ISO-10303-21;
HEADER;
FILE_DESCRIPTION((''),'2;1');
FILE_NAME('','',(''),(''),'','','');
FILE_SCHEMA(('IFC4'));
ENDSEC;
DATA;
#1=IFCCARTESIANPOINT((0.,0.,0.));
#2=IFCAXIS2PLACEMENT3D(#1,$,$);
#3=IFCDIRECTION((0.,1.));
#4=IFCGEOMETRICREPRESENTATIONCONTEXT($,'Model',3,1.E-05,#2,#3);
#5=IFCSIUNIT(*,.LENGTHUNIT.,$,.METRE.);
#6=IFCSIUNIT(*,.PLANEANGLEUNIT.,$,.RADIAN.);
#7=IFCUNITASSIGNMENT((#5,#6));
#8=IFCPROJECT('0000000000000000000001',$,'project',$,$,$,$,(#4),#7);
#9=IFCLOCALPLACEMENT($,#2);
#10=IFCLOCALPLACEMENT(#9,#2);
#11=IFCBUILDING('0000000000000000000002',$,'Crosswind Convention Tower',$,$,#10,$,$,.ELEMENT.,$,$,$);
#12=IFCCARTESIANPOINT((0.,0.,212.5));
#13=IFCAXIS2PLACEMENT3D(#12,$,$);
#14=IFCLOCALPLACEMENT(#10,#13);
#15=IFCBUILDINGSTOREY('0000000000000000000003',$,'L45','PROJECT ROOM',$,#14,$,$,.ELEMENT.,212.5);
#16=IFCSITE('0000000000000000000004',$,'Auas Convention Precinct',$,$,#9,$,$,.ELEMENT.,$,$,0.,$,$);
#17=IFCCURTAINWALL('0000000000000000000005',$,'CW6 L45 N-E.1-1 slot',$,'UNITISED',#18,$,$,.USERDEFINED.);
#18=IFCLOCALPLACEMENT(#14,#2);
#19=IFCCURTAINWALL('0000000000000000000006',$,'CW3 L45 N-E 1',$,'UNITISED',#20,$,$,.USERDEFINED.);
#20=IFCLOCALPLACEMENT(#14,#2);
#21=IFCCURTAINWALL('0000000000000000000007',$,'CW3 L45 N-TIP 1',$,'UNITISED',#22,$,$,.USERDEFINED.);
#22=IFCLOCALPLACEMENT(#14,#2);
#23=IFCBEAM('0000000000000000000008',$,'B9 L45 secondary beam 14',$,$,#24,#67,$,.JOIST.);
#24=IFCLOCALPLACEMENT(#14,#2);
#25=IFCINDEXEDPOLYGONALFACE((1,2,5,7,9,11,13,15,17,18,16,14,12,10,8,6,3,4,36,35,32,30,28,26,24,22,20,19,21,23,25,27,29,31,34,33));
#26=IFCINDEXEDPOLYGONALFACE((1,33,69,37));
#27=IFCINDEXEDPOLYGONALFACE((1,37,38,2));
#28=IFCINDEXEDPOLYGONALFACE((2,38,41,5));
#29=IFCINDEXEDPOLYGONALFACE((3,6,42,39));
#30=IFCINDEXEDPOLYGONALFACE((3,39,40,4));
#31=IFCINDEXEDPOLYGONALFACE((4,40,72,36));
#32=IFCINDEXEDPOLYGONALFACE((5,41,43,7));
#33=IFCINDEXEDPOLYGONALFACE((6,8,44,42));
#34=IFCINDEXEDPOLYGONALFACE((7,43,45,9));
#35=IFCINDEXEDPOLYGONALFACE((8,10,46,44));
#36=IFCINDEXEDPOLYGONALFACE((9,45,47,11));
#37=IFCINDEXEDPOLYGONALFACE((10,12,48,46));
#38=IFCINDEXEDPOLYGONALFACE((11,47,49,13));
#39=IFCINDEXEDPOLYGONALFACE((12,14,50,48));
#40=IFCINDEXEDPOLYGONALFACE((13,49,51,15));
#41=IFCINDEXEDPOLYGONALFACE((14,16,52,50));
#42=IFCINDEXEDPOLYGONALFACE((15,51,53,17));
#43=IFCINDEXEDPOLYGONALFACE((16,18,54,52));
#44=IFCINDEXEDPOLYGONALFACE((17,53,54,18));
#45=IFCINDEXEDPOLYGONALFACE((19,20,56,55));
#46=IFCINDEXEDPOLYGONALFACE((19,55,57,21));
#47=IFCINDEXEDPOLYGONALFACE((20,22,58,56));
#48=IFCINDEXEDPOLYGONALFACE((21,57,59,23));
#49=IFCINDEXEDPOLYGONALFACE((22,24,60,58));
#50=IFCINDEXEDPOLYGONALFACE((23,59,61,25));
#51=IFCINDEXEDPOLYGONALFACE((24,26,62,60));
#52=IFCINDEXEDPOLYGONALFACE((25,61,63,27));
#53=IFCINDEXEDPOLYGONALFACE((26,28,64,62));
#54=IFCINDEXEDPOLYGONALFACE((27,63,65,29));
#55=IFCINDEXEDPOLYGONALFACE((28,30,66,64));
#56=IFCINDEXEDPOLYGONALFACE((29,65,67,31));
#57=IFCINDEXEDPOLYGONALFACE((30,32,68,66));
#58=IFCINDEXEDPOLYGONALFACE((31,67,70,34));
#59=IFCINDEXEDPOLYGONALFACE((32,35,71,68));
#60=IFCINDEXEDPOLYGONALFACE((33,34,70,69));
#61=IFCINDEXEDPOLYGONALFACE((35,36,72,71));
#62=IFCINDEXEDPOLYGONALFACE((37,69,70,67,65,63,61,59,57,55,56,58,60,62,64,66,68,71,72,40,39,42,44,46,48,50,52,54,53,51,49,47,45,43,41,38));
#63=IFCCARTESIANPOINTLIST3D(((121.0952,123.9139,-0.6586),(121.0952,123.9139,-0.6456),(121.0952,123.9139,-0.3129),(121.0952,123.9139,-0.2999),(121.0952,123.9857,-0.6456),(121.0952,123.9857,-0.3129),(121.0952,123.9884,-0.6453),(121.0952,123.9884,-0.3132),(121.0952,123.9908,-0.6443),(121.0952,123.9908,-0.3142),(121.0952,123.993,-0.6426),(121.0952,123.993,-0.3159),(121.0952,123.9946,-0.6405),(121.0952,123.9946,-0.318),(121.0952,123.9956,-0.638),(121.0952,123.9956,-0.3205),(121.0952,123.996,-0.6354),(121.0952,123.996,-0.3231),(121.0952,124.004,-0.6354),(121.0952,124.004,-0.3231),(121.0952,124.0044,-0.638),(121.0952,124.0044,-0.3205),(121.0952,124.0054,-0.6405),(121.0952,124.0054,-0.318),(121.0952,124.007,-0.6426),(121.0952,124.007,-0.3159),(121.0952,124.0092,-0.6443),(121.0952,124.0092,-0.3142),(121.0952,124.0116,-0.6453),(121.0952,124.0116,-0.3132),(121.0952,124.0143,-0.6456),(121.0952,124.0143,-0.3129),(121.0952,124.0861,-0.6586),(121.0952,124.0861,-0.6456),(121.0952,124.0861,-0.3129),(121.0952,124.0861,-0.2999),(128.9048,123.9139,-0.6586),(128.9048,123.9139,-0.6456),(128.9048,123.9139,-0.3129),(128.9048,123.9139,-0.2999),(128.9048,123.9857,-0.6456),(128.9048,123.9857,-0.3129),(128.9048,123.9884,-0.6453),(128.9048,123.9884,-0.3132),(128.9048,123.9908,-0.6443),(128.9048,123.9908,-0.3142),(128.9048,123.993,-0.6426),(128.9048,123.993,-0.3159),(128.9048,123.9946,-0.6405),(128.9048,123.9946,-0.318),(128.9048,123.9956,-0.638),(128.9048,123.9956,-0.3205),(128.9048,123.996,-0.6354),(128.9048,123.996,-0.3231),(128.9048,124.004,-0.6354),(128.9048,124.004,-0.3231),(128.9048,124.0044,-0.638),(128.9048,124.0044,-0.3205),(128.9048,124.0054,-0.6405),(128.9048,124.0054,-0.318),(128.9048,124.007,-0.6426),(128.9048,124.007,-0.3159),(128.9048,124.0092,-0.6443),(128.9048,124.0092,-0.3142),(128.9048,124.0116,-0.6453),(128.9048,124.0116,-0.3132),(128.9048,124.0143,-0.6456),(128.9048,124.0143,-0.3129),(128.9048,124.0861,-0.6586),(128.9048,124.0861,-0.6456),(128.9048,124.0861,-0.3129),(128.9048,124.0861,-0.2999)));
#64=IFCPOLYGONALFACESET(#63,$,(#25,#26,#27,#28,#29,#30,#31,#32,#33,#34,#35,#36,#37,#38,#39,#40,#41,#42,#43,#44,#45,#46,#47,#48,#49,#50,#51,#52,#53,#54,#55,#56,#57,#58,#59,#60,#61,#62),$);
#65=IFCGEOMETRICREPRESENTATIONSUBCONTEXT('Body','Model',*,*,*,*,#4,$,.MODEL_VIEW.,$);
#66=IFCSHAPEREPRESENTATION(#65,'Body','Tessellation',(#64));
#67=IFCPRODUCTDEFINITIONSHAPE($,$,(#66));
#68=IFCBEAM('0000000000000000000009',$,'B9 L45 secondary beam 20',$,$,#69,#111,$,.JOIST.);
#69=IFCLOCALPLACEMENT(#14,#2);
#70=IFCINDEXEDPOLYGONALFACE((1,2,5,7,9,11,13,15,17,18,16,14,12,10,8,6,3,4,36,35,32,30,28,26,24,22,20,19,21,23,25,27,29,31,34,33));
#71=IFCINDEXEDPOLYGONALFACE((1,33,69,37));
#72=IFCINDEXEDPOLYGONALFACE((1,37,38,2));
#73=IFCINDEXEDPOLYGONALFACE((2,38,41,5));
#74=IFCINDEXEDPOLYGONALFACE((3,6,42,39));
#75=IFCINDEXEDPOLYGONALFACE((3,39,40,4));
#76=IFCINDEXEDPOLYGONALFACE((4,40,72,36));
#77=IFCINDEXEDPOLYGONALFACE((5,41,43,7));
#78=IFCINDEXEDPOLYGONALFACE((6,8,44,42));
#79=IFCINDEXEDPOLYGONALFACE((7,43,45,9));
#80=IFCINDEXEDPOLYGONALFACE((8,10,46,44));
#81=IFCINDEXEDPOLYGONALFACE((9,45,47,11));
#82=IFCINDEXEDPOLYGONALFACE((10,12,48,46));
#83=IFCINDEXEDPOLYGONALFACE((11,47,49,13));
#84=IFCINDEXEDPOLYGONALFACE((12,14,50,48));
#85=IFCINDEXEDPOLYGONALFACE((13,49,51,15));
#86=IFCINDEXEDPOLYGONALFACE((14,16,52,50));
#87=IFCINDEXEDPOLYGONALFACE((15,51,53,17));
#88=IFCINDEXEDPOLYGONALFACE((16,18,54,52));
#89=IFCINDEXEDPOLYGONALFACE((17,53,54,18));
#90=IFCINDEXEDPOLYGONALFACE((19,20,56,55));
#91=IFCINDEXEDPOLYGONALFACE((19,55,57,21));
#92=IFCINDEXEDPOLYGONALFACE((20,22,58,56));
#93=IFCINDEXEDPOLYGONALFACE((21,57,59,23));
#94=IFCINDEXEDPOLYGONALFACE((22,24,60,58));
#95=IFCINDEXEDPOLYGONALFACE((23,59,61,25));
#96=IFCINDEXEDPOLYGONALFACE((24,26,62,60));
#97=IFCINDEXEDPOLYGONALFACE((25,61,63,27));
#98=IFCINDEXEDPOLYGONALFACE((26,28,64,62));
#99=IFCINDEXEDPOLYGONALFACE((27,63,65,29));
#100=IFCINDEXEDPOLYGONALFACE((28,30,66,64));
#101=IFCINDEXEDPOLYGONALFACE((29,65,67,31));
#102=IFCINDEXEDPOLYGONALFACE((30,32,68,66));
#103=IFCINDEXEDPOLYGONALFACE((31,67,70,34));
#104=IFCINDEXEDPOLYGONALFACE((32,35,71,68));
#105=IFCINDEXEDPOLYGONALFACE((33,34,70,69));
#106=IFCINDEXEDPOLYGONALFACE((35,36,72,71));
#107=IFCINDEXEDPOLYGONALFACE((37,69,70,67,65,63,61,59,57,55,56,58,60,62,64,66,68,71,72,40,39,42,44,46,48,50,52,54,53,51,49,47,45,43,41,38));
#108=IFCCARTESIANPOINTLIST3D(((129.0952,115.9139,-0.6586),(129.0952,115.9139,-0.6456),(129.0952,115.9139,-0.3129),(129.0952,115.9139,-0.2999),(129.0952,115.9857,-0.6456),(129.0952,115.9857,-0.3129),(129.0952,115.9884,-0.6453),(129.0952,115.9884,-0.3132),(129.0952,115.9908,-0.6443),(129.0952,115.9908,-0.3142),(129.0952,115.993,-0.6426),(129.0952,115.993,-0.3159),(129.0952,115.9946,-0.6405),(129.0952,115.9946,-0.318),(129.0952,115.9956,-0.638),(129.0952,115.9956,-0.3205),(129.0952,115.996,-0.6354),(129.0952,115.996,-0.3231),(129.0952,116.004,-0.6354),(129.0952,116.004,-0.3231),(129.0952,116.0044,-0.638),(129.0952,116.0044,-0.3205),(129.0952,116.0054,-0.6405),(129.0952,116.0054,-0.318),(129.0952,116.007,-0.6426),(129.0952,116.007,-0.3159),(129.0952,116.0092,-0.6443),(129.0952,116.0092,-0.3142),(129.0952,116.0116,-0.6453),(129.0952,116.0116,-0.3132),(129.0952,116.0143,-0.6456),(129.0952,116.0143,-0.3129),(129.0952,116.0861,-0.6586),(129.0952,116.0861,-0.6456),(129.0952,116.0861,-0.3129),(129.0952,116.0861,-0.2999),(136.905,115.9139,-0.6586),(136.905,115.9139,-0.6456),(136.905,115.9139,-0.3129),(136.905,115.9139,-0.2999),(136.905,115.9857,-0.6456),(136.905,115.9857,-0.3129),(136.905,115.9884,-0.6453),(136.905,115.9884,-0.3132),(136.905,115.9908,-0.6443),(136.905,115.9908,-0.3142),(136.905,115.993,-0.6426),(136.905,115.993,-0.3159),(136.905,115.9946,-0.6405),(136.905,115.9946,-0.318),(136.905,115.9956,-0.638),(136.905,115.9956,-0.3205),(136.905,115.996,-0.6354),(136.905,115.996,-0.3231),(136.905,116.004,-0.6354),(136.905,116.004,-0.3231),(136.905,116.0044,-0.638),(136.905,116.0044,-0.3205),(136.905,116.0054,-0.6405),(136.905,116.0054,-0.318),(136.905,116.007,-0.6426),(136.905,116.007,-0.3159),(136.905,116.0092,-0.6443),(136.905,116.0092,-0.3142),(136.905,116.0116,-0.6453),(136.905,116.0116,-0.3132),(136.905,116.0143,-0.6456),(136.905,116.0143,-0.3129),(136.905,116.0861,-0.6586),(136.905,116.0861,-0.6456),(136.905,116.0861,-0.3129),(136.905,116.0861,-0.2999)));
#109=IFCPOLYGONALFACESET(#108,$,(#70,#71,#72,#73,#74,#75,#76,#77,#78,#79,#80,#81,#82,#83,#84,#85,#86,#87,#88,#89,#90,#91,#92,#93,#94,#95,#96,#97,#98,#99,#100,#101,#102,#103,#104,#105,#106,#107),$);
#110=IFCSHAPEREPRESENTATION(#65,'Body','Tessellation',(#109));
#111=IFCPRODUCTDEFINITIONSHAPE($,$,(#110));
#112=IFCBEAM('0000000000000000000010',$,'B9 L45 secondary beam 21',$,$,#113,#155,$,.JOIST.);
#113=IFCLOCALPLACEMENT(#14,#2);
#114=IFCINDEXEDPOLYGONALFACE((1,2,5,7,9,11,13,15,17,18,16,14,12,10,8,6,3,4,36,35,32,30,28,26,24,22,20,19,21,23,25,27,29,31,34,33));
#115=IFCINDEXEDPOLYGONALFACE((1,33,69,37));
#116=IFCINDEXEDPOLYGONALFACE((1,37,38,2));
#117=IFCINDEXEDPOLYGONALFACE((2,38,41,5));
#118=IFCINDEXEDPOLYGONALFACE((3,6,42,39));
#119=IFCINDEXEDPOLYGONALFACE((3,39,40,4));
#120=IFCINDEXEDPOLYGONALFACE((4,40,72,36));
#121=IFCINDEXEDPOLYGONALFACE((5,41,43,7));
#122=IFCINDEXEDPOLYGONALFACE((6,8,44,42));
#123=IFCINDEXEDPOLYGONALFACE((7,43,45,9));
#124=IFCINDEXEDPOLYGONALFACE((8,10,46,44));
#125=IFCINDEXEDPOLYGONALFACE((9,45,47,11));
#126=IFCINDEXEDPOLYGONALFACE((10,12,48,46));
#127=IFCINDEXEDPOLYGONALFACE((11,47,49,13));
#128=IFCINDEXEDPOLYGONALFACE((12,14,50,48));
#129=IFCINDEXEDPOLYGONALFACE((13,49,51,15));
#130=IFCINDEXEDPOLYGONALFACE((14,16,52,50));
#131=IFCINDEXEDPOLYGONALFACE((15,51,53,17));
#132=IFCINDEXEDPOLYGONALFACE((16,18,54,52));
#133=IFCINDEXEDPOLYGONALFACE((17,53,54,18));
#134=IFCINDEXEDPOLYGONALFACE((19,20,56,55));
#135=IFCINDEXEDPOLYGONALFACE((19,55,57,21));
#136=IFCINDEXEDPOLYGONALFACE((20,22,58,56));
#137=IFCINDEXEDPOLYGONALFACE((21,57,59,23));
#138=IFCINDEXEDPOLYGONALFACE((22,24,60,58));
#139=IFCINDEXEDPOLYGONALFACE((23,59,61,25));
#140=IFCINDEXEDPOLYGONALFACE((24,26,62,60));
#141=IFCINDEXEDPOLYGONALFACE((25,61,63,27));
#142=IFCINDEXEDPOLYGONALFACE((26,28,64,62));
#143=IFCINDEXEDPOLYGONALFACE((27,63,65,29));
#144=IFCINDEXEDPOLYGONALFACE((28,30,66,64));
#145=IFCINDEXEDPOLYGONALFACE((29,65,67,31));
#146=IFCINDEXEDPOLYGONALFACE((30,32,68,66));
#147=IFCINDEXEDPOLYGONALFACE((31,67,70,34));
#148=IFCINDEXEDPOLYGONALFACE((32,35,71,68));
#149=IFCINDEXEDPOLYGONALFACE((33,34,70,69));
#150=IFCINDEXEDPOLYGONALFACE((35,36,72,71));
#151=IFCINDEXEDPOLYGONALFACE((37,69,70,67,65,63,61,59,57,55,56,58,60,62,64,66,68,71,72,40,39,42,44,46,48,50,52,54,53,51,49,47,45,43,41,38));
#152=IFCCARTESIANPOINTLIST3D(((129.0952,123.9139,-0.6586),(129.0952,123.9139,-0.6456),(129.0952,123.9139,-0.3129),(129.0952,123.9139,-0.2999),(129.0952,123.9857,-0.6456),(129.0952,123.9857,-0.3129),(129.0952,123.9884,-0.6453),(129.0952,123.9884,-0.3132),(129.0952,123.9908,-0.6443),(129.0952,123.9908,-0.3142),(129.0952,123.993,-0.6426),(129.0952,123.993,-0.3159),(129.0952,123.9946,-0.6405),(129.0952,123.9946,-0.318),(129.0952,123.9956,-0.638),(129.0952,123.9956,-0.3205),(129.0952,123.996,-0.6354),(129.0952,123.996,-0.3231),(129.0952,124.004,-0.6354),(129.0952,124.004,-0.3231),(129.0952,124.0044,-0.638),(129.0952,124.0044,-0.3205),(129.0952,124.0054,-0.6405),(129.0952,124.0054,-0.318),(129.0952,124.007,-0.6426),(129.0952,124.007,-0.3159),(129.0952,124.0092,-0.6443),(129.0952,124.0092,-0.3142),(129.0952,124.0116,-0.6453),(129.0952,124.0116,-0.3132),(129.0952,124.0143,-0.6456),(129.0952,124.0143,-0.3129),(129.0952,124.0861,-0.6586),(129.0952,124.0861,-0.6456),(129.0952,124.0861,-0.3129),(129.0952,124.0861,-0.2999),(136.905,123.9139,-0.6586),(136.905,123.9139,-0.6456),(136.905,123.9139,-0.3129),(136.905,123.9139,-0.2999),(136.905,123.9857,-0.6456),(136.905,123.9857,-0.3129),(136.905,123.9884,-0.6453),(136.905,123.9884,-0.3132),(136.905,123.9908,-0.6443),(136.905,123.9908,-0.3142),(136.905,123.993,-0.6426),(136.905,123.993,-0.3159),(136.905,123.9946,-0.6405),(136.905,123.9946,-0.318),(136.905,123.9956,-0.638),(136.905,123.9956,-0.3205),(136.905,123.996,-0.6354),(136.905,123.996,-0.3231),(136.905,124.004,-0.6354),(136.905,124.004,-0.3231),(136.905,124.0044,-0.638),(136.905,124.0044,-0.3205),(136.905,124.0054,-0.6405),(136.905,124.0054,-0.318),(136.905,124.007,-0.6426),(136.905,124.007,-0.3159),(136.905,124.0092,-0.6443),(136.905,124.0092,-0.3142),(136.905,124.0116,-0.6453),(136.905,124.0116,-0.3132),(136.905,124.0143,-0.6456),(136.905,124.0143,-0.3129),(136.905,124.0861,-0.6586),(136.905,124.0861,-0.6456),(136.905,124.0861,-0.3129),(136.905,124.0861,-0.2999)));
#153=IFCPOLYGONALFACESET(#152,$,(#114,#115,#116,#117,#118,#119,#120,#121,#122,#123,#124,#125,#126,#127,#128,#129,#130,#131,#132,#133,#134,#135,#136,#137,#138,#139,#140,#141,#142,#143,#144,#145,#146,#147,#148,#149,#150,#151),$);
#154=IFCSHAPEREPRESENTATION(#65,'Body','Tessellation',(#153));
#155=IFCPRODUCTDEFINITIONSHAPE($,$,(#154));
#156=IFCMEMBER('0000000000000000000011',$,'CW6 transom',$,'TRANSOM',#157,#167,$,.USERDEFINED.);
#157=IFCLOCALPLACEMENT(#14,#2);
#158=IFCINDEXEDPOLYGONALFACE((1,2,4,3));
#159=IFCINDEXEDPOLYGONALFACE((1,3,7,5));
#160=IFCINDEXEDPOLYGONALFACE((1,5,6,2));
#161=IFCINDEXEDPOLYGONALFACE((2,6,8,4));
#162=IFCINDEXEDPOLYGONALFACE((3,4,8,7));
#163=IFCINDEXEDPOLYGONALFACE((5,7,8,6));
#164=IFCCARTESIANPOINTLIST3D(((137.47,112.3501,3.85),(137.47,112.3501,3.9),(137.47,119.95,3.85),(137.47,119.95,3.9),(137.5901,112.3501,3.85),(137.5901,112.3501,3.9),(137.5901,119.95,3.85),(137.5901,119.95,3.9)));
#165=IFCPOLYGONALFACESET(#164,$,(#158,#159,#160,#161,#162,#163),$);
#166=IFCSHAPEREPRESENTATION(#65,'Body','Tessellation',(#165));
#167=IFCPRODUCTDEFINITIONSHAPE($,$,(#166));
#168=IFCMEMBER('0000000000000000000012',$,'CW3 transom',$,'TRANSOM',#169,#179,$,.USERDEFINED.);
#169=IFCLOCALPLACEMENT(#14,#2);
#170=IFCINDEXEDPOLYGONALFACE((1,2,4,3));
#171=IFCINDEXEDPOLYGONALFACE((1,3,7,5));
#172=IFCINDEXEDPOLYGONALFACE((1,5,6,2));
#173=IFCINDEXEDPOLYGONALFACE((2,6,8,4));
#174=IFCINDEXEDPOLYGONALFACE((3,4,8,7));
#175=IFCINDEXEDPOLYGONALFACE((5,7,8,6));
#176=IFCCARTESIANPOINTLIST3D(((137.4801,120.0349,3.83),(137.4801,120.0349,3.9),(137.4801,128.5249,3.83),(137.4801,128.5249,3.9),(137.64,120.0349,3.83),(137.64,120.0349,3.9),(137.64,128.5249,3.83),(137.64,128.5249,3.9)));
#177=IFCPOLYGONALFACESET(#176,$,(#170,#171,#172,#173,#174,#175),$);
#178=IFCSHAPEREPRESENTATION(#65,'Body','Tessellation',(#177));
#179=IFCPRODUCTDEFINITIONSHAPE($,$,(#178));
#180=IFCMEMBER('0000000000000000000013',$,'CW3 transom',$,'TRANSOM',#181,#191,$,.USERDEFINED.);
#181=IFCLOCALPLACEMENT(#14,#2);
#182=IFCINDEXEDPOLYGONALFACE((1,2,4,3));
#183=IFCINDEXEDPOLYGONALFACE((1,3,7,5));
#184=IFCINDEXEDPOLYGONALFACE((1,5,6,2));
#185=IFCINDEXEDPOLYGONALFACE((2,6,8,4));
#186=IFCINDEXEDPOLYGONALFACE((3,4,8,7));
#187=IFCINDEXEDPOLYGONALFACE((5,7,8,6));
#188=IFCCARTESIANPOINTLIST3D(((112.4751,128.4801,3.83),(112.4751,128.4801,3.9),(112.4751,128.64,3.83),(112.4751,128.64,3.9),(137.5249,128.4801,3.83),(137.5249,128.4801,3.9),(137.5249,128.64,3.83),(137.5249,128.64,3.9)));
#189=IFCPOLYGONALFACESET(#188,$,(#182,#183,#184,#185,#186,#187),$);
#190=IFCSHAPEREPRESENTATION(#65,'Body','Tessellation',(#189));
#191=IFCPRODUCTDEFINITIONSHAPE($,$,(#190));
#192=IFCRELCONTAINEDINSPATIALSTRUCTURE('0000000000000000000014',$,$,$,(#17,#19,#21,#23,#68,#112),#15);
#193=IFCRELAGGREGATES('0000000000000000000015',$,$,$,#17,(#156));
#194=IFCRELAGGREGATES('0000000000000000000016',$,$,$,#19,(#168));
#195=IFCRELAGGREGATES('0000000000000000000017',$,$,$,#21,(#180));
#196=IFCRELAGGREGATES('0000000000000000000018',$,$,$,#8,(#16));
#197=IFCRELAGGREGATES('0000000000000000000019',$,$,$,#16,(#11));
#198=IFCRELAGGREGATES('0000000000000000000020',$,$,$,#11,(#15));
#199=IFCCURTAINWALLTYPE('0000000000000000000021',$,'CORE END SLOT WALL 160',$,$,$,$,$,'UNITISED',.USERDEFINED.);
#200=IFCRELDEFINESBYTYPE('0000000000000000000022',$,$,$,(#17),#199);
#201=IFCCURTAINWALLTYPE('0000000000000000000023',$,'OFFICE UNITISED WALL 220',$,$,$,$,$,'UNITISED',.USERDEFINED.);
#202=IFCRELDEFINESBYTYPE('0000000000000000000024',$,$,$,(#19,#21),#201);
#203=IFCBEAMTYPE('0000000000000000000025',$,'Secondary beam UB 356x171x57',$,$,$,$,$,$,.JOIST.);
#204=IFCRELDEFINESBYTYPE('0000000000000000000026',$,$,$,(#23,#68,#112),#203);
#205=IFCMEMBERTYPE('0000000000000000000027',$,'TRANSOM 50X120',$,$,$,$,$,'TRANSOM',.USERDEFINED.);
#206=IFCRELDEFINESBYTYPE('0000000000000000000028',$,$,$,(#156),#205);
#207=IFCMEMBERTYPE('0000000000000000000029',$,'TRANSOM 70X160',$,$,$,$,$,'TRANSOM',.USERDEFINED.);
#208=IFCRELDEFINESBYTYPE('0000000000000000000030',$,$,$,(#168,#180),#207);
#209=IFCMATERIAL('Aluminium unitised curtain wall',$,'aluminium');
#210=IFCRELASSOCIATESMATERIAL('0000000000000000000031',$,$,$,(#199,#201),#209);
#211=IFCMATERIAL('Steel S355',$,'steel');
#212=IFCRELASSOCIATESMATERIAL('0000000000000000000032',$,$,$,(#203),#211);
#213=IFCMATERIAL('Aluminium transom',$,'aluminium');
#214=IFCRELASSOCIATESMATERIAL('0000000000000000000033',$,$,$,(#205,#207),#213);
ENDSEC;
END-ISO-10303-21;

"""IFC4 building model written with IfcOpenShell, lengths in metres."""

from ifc_helpers import new_model, si_unit, direction, frame, origin, origin_2d, place, context, subcontext, project, spatial, rectangle, i_section, extrude, material, material_profile, profile_set, type_object, element, aggregate, save


model = new_model("IFC4")

# Units and contexts
model_context = context("Model", 3, precision=1e-05, world=origin(), true_north=direction((0.0, 1.0)))
body_context = subcontext(model_context, "Body", "Model", "MODEL_VIEW")
ifc_project = project(units=[si_unit("LENGTHUNIT", "METRE"), si_unit("PLANEANGLEUNIT", "RADIAN")], contexts=[model_context])

# Site, building, storey
site_placement = place(None, origin())
site = spatial("IfcSite", under=ifc_project, at=site_placement, Name="Auas Convention Precinct", CompositionType="ELEMENT", RefElevation=0.0)
building_placement = place(site_placement, origin())
building = spatial("IfcBuilding", under=site, at=building_placement, Name="Crosswind Convention Tower", CompositionType="ELEMENT")
storey_placement = place(building_placement, frame((0.0, 0.0, 212.5)))
storey = spatial("IfcBuildingStorey", under=building, at=storey_placement, Name="L45", Description="PROJECT ROOM", CompositionType="ELEMENT", Elevation=212.5)

# Shared definitions
ifc_material_1 = material(Name="Steel S355", Category="steel")

# Curtain walls
ifc_material_2 = material(Name="Aluminium unitised curtain wall", Category="aluminium")
curtain_wall_type_1 = type_object("IfcCurtainWallType", Name="CORE END SLOT WALL 160", ElementType="UNITISED", PredefinedType="USERDEFINED", material=ifc_material_2)
curtain_wall_1_placement = place(storey_placement, origin())
curtain_wall_1 = element("IfcCurtainWall", 1, at=curtain_wall_1_placement, inside=storey, type_object=curtain_wall_type_1, Name="CW6 L45 N-E.1-1 slot", ObjectType="UNITISED", PredefinedType="USERDEFINED")
curtain_wall_type_2 = type_object("IfcCurtainWallType", Name="OFFICE UNITISED WALL 220", ElementType="UNITISED", PredefinedType="USERDEFINED", material=ifc_material_2)
curtain_wall_2_placement = place(storey_placement, origin())
curtain_wall_2 = element("IfcCurtainWall", 2, at=curtain_wall_2_placement, inside=storey, type_object=curtain_wall_type_2, Name="CW3 L45 N-E 1", ObjectType="UNITISED", PredefinedType="USERDEFINED")

# Curtain wall
curtain_wall_3_placement = place(storey_placement, origin())
curtain_wall_3 = element("IfcCurtainWall", 3, at=curtain_wall_3_placement, inside=storey, type_object=curtain_wall_type_2, Name="CW3 L45 N-TIP 1", ObjectType="UNITISED", PredefinedType="USERDEFINED")

# Beams
ifc_material_profile_1 = material_profile(ifc_material_1, i_section(OverallWidth=0.1721, OverallDepth=0.3586, WebThickness=0.0081, FlangeThickness=0.0129, FilletRadius=0.0103, at=origin_2d()), Name="UB 356x171x57")
ifc_profile_set_1 = profile_set([ifc_material_profile_1], Name="Steel S355")
beam_type_1 = type_object("IfcBeamType", Name="Secondary beam UB 356x171x57", PredefinedType="JOIST", material=ifc_profile_set_1)
for number, where, z_axis, x_axis, name in (
    (4, (121.0952, 124.0, -0.4792), (1.0, 0.0, 0.0), (0.0, 1.0, 0.0), "B9 L45 secondary beam 14"),
):
    element("IfcBeam", number, at=place(storey_placement, frame(where, z_axis=z_axis, x_axis=x_axis)), inside=storey, type_object=beam_type_1, Name=name, PredefinedType="JOIST", context=body_context, shape_type="SweptSolid", body=[
        extrude(i_section(OverallWidth=0.1721, OverallDepth=0.3586, WebThickness=0.0081, FlangeThickness=0.0129, FilletRadius=0.0103, at=origin_2d()), origin(), (0.0, 0.0, 1.0), 7.8096),
    ])
for number, where, z_axis, x_axis, name in (
    (5, (129.0952, 116.0, -0.4792), (1.0, 0.0, 0.0), (0.0, 1.0, 0.0), "B9 L45 secondary beam 20"),
    (6, (129.0952, 124.0, -0.4792), (1.0, 0.0, 0.0), (0.0, 1.0, 0.0), "B9 L45 secondary beam 21"),
):
    element("IfcBeam", number, at=place(storey_placement, frame(where, z_axis=z_axis, x_axis=x_axis)), inside=storey, type_object=beam_type_1, Name=name, PredefinedType="JOIST", context=body_context, shape_type="SweptSolid", body=[
        extrude(i_section(OverallWidth=0.1721, OverallDepth=0.3586, WebThickness=0.0081, FlangeThickness=0.0129, FilletRadius=0.0103, at=origin_2d()), origin(), (0.0, 0.0, 1.0), 7.8098),
    ])

# Members
ifc_material_3 = material(Name="Aluminium transom", Category="aluminium")
ifc_material_profile_2 = material_profile(ifc_material_3, rectangle(XDim=0.1201, YDim=0.05, at=origin_2d()), Name="AL 120X50")
ifc_profile_set_2 = profile_set([ifc_material_profile_2], Name="Aluminium transom")
member_type_1 = type_object("IfcMemberType", Name="TRANSOM 50X120", ElementType="TRANSOM", PredefinedType="USERDEFINED", material=ifc_profile_set_2)
member_1_placement = place(storey_placement, frame((137.53, 112.3501, 3.875), z_axis=(0.0, 1.0, 0.0), x_axis=(-1.0, 0.0, 0.0)))
member_1 = element("IfcMember", 7, at=member_1_placement, type_object=member_type_1, Name="CW6 transom", ObjectType="TRANSOM", PredefinedType="USERDEFINED", context=body_context, shape_type="SweptSolid", body=[
    extrude(rectangle(XDim=0.1201, YDim=0.05, at=origin_2d()), origin(), (0.0, 0.0, 1.0), 7.5999),
])
ifc_material_profile_3 = material_profile(ifc_material_3, rectangle(XDim=0.1599, YDim=0.0701, at=origin_2d()), Name="AL 160X70")
ifc_profile_set_3 = profile_set([ifc_material_profile_3], Name="Aluminium transom")
member_type_2 = type_object("IfcMemberType", Name="TRANSOM 70X160", ElementType="TRANSOM", PredefinedType="USERDEFINED", material=ifc_profile_set_3)
member_2_placement = place(storey_placement, frame((137.5601, 120.0349, 3.865), z_axis=(0.0, 1.0, 0.0), x_axis=(-1.0, 0.0, 0.0)))
member_2 = element("IfcMember", 8, at=member_2_placement, type_object=member_type_2, Name="CW3 transom", ObjectType="TRANSOM", PredefinedType="USERDEFINED", context=body_context, shape_type="SweptSolid", body=[
    extrude(rectangle(XDim=0.1599, YDim=0.0701, at=origin_2d()), origin(), (0.0, 0.0, 1.0), 8.49),
])
member_3_placement = place(storey_placement, frame((137.5249, 128.5601, 3.865), z_axis=(-1.0, 0.0, 0.0), x_axis=(0.0, -1.0, 0.0)))
member_3 = element("IfcMember", 9, at=member_3_placement, type_object=member_type_2, Name="CW3 transom", ObjectType="TRANSOM", PredefinedType="USERDEFINED", context=body_context, shape_type="SweptSolid", body=[
    extrude(rectangle(XDim=0.1599, YDim=0.0701, at=origin_2d()), origin(), (0.0, 0.0, 1.0), 25.0498),
])

aggregate(curtain_wall_1, [member_1])

aggregate(curtain_wall_2, [member_2])
aggregate(curtain_wall_3, [member_3])

save(model, "model.ifc")
